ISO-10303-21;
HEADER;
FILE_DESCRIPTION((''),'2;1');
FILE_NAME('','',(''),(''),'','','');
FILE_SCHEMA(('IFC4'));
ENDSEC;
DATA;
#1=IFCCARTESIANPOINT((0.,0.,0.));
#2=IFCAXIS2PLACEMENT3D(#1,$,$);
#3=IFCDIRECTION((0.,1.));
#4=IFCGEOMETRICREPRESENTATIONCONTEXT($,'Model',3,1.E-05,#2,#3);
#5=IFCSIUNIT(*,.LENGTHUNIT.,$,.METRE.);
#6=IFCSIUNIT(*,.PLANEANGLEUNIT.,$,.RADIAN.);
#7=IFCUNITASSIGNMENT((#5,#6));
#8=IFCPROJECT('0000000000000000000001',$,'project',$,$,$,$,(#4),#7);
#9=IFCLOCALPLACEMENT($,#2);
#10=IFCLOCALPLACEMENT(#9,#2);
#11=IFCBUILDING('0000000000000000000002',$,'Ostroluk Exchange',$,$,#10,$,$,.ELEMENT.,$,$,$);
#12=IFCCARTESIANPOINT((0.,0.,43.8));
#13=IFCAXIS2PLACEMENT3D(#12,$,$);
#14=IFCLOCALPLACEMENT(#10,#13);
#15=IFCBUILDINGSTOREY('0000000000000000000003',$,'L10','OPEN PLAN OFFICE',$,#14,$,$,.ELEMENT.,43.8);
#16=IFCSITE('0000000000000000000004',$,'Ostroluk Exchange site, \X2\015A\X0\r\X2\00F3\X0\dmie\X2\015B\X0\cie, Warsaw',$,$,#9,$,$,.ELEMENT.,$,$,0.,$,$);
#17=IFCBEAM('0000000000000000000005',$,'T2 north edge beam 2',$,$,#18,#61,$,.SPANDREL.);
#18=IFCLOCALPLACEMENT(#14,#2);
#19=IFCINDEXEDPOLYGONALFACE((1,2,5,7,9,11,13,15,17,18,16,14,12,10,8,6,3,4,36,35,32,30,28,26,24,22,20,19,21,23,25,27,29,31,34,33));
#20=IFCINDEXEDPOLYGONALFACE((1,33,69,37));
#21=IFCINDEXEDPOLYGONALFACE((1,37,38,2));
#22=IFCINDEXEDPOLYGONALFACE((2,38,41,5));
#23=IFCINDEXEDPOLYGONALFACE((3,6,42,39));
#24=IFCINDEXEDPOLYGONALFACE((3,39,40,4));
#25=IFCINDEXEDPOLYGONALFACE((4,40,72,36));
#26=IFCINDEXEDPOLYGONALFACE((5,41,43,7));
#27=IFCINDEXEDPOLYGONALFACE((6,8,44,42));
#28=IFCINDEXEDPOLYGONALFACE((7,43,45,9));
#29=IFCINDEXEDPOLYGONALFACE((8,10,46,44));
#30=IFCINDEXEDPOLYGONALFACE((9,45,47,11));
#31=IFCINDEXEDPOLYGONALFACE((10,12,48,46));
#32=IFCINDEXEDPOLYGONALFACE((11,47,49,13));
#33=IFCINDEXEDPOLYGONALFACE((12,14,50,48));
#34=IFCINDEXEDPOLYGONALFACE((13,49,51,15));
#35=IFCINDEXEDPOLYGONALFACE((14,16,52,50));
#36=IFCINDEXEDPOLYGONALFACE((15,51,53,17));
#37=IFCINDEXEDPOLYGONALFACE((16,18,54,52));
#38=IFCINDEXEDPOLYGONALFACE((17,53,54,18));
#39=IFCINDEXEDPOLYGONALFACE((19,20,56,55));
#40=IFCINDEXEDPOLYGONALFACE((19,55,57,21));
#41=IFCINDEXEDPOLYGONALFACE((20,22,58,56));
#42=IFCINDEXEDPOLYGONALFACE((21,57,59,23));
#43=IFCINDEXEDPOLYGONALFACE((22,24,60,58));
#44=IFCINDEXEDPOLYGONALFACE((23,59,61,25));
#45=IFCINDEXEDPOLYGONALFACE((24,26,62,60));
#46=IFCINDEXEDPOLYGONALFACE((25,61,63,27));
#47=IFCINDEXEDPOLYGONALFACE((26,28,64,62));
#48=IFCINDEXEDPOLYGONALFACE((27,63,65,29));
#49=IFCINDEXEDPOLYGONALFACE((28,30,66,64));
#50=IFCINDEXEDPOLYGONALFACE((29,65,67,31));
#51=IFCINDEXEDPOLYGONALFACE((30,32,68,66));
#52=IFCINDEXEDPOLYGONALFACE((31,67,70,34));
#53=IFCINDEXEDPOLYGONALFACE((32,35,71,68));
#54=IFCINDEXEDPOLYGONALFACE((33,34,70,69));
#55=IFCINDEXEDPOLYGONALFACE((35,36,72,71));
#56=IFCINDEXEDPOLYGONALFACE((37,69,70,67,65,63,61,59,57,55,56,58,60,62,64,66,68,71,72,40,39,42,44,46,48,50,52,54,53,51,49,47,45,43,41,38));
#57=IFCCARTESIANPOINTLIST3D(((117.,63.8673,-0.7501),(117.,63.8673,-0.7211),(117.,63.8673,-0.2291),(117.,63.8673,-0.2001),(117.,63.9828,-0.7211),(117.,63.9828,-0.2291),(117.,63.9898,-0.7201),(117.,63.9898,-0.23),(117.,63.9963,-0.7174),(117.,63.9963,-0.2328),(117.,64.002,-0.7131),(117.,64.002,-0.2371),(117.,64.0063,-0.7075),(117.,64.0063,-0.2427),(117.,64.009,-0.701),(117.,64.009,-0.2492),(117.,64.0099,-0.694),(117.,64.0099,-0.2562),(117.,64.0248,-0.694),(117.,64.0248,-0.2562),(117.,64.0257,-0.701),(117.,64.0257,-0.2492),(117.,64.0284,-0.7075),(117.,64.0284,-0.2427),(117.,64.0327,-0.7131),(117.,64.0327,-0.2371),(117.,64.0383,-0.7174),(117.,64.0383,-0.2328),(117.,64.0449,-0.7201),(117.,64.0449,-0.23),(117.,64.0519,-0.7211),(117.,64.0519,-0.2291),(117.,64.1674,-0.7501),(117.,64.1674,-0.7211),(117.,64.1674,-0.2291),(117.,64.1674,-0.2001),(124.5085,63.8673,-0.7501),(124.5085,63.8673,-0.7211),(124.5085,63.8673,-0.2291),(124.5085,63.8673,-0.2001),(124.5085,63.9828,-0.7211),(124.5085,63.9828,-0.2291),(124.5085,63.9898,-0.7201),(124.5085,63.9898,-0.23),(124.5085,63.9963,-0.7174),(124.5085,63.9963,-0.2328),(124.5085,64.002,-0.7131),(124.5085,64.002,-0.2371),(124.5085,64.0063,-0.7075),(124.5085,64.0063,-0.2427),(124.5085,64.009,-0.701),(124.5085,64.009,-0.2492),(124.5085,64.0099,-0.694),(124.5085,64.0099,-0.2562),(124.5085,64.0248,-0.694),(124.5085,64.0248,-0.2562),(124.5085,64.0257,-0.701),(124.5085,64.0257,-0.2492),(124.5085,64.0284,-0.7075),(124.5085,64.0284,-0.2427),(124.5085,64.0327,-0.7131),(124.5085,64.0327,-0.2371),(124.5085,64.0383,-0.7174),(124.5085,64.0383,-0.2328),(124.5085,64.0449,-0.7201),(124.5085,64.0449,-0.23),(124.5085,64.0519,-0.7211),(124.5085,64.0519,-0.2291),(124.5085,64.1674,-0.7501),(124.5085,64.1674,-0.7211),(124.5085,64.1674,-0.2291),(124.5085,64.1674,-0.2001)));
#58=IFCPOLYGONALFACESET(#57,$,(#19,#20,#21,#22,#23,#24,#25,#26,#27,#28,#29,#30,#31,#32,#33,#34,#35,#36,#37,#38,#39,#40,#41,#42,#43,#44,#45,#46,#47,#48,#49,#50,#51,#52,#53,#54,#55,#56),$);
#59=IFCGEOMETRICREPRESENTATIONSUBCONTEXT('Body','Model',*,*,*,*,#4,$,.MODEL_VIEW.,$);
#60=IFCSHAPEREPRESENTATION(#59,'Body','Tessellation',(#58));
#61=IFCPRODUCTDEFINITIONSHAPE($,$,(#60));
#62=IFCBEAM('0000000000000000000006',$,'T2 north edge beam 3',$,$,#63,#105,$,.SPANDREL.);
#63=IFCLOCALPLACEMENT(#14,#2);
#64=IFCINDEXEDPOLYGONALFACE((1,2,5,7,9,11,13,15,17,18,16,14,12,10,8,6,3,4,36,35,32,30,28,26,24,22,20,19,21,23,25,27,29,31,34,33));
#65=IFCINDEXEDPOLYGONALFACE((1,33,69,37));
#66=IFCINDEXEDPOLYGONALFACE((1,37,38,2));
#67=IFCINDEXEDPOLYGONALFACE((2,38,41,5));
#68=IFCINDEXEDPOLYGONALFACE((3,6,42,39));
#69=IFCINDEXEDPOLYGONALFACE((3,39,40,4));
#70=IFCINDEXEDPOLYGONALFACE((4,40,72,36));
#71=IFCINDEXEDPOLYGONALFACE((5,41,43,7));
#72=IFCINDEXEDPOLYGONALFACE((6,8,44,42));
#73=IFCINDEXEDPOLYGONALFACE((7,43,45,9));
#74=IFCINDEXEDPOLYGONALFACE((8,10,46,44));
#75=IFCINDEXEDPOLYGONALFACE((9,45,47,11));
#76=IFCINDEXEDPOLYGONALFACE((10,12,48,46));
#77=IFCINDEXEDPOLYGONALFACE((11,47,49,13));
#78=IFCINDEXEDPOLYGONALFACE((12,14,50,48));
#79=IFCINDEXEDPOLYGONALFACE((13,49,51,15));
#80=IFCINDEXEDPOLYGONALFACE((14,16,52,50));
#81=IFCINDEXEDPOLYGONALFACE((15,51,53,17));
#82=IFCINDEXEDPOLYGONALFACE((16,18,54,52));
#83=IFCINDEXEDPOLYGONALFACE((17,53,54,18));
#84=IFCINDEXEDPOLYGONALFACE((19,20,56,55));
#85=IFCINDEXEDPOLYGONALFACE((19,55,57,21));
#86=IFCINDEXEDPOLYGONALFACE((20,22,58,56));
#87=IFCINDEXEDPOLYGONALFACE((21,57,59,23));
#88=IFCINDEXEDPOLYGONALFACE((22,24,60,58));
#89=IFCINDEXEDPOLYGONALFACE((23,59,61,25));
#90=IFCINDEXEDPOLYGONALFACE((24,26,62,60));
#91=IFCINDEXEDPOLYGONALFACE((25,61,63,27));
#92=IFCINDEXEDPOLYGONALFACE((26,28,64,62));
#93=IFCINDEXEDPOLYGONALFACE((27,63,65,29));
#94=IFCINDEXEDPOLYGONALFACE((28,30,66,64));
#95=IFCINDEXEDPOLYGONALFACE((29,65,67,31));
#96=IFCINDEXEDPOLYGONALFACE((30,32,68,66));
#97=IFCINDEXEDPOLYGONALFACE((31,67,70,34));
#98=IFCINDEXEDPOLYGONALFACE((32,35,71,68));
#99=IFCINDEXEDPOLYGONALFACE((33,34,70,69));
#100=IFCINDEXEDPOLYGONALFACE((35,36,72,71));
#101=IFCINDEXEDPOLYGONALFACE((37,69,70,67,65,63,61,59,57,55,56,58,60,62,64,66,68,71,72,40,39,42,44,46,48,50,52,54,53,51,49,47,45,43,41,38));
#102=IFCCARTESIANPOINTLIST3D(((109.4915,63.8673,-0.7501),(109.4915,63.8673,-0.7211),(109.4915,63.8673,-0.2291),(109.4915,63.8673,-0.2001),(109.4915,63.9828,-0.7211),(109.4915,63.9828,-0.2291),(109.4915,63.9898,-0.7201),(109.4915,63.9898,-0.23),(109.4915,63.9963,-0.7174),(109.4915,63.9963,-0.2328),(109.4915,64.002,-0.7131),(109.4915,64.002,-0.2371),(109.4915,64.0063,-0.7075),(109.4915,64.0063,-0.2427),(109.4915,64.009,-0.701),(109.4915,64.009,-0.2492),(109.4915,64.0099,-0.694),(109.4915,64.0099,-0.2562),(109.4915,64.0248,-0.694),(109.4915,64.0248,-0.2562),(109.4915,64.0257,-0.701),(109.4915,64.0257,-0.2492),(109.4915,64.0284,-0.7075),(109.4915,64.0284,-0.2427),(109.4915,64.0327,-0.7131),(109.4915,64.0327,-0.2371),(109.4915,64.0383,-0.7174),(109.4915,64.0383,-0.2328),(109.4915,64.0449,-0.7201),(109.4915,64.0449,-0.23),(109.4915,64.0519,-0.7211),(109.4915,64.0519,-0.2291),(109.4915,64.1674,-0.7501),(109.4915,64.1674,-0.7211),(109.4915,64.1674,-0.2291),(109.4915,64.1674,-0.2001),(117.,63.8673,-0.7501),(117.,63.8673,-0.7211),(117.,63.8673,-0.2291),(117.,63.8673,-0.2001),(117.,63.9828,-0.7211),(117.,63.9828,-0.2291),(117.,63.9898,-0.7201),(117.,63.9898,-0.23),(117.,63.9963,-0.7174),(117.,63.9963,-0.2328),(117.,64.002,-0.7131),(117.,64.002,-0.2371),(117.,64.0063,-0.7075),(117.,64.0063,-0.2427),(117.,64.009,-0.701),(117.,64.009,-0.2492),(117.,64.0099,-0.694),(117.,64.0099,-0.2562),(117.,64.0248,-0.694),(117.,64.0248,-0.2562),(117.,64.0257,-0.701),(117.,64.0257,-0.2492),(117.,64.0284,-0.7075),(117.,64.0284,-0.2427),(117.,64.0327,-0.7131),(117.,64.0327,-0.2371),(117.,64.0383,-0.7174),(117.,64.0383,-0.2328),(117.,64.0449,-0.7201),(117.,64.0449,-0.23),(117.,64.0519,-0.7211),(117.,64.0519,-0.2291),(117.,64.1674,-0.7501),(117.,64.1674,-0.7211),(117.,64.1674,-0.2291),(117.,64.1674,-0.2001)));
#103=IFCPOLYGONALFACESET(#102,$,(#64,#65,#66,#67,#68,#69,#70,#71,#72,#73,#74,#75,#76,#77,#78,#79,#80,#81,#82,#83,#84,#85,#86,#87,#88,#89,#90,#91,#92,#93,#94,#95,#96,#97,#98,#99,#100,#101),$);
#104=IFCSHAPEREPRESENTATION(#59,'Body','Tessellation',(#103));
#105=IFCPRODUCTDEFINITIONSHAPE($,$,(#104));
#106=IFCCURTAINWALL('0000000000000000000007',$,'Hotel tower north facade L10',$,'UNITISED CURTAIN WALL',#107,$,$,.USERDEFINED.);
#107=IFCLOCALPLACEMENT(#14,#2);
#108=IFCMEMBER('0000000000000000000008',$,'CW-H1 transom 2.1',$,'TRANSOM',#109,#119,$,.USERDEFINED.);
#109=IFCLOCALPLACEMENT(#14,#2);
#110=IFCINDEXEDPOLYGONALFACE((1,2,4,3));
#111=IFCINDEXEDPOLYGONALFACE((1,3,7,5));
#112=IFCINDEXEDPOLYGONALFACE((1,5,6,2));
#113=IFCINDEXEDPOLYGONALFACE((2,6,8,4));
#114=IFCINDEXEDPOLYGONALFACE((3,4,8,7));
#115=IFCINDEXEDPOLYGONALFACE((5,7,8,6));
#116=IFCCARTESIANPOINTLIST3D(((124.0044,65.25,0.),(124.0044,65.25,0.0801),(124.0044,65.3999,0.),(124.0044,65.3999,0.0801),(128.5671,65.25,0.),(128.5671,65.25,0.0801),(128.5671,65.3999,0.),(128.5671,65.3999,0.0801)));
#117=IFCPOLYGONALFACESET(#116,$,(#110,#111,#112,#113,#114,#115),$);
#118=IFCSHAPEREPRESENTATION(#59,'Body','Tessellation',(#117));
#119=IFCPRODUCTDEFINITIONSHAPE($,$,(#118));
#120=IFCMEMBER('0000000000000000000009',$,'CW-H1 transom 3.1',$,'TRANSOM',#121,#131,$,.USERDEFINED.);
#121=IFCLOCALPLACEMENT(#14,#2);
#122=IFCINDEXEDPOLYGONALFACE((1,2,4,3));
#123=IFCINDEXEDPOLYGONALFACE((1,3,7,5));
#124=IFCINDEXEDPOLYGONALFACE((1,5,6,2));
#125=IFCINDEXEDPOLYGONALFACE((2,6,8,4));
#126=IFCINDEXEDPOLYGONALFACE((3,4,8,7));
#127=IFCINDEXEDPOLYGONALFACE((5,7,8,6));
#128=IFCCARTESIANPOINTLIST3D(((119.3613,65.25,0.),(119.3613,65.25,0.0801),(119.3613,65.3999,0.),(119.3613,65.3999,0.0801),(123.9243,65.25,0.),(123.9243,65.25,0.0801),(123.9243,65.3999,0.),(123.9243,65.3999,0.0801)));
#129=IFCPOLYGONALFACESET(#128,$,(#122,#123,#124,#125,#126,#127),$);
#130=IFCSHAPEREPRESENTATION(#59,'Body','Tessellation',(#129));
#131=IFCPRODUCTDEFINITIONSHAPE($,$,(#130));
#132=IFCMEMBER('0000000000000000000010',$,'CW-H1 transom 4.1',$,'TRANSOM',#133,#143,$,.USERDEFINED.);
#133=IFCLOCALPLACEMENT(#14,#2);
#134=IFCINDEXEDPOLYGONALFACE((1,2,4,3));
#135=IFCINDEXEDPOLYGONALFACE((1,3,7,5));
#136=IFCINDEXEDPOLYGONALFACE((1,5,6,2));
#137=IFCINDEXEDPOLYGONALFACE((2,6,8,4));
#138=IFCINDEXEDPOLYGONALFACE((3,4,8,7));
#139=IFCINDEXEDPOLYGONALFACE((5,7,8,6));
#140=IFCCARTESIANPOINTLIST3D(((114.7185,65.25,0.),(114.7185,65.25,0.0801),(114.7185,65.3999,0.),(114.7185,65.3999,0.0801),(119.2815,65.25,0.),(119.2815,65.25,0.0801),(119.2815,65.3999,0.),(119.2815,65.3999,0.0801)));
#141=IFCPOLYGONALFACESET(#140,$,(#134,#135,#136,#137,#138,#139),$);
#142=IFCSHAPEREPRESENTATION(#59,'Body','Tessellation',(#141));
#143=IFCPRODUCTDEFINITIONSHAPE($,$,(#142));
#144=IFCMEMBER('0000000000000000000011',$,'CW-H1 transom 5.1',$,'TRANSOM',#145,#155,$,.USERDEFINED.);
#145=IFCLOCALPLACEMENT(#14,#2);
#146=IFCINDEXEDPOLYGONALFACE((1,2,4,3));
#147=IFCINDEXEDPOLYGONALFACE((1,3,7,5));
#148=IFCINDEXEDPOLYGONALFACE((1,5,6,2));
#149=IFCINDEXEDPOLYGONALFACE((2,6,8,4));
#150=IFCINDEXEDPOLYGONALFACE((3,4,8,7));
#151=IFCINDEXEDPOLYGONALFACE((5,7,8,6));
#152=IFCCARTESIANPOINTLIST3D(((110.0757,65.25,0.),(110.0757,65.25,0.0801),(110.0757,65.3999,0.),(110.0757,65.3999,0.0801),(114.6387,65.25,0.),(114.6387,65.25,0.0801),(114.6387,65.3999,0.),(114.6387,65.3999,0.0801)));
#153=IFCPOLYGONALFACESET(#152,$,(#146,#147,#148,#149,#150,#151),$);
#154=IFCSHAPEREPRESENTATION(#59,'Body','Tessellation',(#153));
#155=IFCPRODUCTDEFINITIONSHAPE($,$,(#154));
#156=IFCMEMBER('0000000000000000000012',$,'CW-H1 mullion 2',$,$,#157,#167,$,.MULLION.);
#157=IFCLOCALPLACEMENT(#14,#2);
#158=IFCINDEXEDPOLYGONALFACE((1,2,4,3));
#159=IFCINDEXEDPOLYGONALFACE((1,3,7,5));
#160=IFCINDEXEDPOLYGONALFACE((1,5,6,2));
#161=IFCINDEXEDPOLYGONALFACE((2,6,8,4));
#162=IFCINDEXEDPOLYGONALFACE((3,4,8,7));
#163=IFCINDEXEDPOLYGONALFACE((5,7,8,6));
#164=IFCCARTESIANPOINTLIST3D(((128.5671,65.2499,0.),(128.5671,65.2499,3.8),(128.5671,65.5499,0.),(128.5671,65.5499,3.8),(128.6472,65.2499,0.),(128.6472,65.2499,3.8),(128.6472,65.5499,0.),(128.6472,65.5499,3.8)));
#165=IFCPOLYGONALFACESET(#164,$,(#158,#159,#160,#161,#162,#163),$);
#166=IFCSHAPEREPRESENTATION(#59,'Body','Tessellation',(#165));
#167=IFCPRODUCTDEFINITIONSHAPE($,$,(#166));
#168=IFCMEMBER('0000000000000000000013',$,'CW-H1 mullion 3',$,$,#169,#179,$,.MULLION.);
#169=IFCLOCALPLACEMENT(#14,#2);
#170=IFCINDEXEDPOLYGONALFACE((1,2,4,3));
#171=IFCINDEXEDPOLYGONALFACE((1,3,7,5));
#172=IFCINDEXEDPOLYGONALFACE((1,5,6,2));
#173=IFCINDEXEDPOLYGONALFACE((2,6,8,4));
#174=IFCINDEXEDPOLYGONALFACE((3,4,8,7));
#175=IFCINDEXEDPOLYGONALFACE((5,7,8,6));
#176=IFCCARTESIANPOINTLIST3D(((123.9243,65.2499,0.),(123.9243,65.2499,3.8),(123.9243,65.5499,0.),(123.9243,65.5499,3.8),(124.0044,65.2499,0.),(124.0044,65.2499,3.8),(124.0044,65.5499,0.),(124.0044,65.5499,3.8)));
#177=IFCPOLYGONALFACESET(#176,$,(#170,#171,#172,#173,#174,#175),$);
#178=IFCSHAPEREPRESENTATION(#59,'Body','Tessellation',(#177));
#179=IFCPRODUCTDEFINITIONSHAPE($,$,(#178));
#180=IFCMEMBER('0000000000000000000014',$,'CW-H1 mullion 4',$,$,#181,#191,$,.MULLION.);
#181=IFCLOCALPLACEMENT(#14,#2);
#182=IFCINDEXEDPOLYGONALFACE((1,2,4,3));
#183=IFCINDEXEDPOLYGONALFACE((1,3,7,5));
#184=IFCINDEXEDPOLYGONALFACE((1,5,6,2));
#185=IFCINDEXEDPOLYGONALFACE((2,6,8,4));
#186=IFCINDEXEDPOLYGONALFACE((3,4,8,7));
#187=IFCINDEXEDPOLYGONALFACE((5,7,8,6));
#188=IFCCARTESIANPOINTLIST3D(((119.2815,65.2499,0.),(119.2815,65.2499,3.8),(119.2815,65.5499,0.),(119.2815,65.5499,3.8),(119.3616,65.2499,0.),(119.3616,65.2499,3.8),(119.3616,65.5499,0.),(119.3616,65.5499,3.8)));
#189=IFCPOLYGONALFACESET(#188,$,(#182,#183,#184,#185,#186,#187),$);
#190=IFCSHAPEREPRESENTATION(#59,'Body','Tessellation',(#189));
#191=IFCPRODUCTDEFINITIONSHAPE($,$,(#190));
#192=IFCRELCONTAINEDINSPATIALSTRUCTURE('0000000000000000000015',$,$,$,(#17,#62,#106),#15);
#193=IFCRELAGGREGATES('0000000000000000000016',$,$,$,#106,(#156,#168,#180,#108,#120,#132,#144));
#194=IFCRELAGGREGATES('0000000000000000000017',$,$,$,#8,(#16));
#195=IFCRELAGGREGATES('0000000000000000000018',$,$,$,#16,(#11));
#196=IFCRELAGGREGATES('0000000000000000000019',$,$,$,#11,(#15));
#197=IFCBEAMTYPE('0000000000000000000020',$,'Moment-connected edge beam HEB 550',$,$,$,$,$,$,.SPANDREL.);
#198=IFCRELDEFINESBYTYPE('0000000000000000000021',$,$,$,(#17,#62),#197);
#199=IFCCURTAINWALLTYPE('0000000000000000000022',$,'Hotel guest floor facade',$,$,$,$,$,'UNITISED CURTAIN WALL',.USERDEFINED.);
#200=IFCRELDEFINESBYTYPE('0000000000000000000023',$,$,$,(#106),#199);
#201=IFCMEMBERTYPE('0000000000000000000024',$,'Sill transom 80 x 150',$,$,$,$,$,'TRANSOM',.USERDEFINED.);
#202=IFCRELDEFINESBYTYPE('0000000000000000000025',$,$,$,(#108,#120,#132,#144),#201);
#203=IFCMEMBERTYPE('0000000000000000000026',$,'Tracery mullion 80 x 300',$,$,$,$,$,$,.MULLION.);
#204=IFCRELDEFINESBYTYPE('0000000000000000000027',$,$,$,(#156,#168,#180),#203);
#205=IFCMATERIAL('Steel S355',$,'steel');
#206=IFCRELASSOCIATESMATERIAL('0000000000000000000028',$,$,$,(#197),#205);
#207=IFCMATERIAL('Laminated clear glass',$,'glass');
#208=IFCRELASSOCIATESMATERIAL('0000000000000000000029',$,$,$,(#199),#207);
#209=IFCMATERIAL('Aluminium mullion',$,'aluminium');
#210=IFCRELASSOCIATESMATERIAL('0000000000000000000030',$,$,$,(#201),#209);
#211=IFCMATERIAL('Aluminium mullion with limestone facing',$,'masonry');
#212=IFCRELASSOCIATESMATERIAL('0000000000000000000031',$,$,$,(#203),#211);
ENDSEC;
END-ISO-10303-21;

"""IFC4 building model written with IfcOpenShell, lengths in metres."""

from ifc_helpers import new_model, si_unit, direction, frame, origin, origin_2d, place, context, subcontext, project, spatial, rectangle, i_section, extrude, material, material_profile, profile_set, type_object, element, aggregate, save


model = new_model("IFC4")

# Units and contexts
model_context = context("Model", 3, precision=1e-05, world=origin(), true_north=direction((0.0, 1.0)))
body_context = subcontext(model_context, "Body", "Model", "MODEL_VIEW")
ifc_project = project(units=[si_unit("LENGTHUNIT", "METRE"), si_unit("PLANEANGLEUNIT", "RADIAN")], contexts=[model_context])

# Site, building, storey
site_placement = place(None, origin())
site = spatial("IfcSite", under=ifc_project, at=site_placement, Name="Ostroluk Exchange site, Śródmieście, Warsaw", CompositionType="ELEMENT", RefElevation=0.0)
building_placement = place(site_placement, origin())
building = spatial("IfcBuilding", under=site, at=building_placement, Name="Ostroluk Exchange", CompositionType="ELEMENT")
storey_placement = place(building_placement, frame((0.0, 0.0, 43.8)))
storey = spatial("IfcBuildingStorey", under=building, at=storey_placement, Name="L10", Description="OPEN PLAN OFFICE", CompositionType="ELEMENT", Elevation=43.8)

# Beams
ifc_material_1 = material(Name="Steel S355", Category="steel")
ifc_material_profile_1 = material_profile(ifc_material_1, i_section(OverallWidth=0.3, OverallDepth=0.55, WebThickness=0.0149, FlangeThickness=0.0291, FilletRadius=0.0271, at=origin_2d()), Name="HEB 550")
ifc_profile_set_1 = profile_set([ifc_material_profile_1], Name="Steel S355")
beam_type = type_object("IfcBeamType", Name="Moment-connected edge beam HEB 550", PredefinedType="SPANDREL", material=ifc_profile_set_1)
for number, where, z_axis, x_axis, name in (
    (1, (124.5085, 64.0173, -0.4751), (-1.0, 0.0, 0.0), (0.0, -1.0, 0.0), "T2 north edge beam 2"),
    (2, (117.0, 64.0173, -0.4751), (-1.0, 0.0, 0.0), (0.0, -1.0, 0.0), "T2 north edge beam 3"),
):
    element("IfcBeam", number, at=place(storey_placement, frame(where, z_axis=z_axis, x_axis=x_axis)), inside=storey, type_object=beam_type, Name=name, PredefinedType="SPANDREL", context=body_context, shape_type="SweptSolid", body=[
        extrude(i_section(OverallWidth=0.3, OverallDepth=0.55, WebThickness=0.0149, FlangeThickness=0.0291, FilletRadius=0.0271, at=origin_2d()), origin(), (0.0, 0.0, 1.0), 7.5085),
    ])

# Curtain wall, members
ifc_material_2 = material(Name="Laminated clear glass", Category="glass")
curtain_wall_type = type_object("IfcCurtainWallType", Name="Hotel guest floor facade", ElementType="UNITISED CURTAIN WALL", PredefinedType="USERDEFINED", material=ifc_material_2)
curtain_wall_placement = place(storey_placement, origin())
curtain_wall = element("IfcCurtainWall", 3, at=curtain_wall_placement, inside=storey, type_object=curtain_wall_type, Name="Hotel tower north facade L10", ObjectType="UNITISED CURTAIN WALL", PredefinedType="USERDEFINED")
ifc_material_3 = material(Name="Aluminium mullion", Category="aluminium")
ifc_material_profile_2 = material_profile(ifc_material_3, rectangle(XDim=0.1499, YDim=0.0801, at=origin_2d()), Name="Sill transom 80 x 150")
ifc_profile_set_2 = profile_set([ifc_material_profile_2], Name="Aluminium mullion")
member_type_1 = type_object("IfcMemberType", Name="Sill transom 80 x 150", ElementType="TRANSOM", PredefinedType="USERDEFINED", material=ifc_profile_set_2)
member_1_placement = place(storey_placement, frame((128.5671, 65.325, 0.04), z_axis=(-1.0, 0.0, 0.0), x_axis=(0.0, -1.0, 0.0)))
member_1 = element("IfcMember", 4, at=member_1_placement, type_object=member_type_1, Name="CW-H1 transom 2.1", ObjectType="TRANSOM", PredefinedType="USERDEFINED", context=body_context, shape_type="SweptSolid", body=[
    extrude(rectangle(XDim=0.1499, YDim=0.0801, at=origin_2d()), origin(), (0.0, 0.0, 1.0), 4.5627),
])
member_2_placement = place(storey_placement, frame((123.9243, 65.325, 0.04), z_axis=(-1.0, 0.0, 0.0), x_axis=(0.0, -1.0, 0.0)))
member_2 = element("IfcMember", 5, at=member_2_placement, type_object=member_type_1, Name="CW-H1 transom 3.1", ObjectType="TRANSOM", PredefinedType="USERDEFINED", context=body_context, shape_type="SweptSolid", body=[
    extrude(rectangle(XDim=0.1499, YDim=0.0801, at=origin_2d()), origin(), (0.0, 0.0, 1.0), 4.563),
])
member_3_placement = place(storey_placement, frame((119.2815, 65.325, 0.04), z_axis=(-1.0, 0.0, 0.0), x_axis=(0.0, -1.0, 0.0)))
member_3 = element("IfcMember", 6, at=member_3_placement, type_object=member_type_1, Name="CW-H1 transom 4.1", ObjectType="TRANSOM", PredefinedType="USERDEFINED", context=body_context, shape_type="SweptSolid", body=[
    extrude(rectangle(XDim=0.1499, YDim=0.0801, at=origin_2d()), origin(), (0.0, 0.0, 1.0), 4.563),
])
member_4_placement = place(storey_placement, frame((114.6387, 65.325, 0.04), z_axis=(-1.0, 0.0, 0.0), x_axis=(0.0, -1.0, 0.0)))
member_4 = element("IfcMember", 7, at=member_4_placement, type_object=member_type_1, Name="CW-H1 transom 5.1", ObjectType="TRANSOM", PredefinedType="USERDEFINED", context=body_context, shape_type="SweptSolid", body=[
    extrude(rectangle(XDim=0.1499, YDim=0.0801, at=origin_2d()), origin(), (0.0, 0.0, 1.0), 4.563),
])
ifc_material_4 = material(Name="Aluminium mullion with limestone facing", Category="masonry")
ifc_material_profile_3 = material_profile(ifc_material_4, rectangle(XDim=0.3, YDim=0.0801, at=origin_2d()), Name="Tracery mullion 80 x 300")
ifc_profile_set_3 = profile_set([ifc_material_profile_3], Name="Aluminium mullion with limestone facing")
member_type_2 = type_object("IfcMemberType", Name="Tracery mullion 80 x 300", PredefinedType="MULLION", material=ifc_profile_set_3)
member_5_placement = place(storey_placement, frame((128.6072, 65.3999, 0.0), z_axis=(0.0, 0.0, 1.0), x_axis=(0.0, -1.0, 0.0)))
member_5 = element("IfcMember", 8, at=member_5_placement, type_object=member_type_2, Name="CW-H1 mullion 2", PredefinedType="MULLION", context=body_context, shape_type="SweptSolid", body=[
    extrude(rectangle(XDim=0.3, YDim=0.0801, at=origin_2d()), origin(), (0.0, 0.0, 1.0), 3.8),
])
member_6_placement = place(storey_placement, frame((123.9644, 65.3999, 0.0), z_axis=(0.0, 0.0, 1.0), x_axis=(0.0, -1.0, 0.0)))
member_6 = element("IfcMember", 9, at=member_6_placement, type_object=member_type_2, Name="CW-H1 mullion 3", PredefinedType="MULLION", context=body_context, shape_type="SweptSolid", body=[
    extrude(rectangle(XDim=0.3, YDim=0.0801, at=origin_2d()), origin(), (0.0, 0.0, 1.0), 3.8),
])
member_7_placement = place(storey_placement, frame((119.3215, 65.3999, 0.0), z_axis=(0.0, 0.0, 1.0), x_axis=(0.0, -1.0, 0.0)))
member_7 = element("IfcMember", 10, at=member_7_placement, type_object=member_type_2, Name="CW-H1 mullion 4", PredefinedType="MULLION", context=body_context, shape_type="SweptSolid", body=[
    extrude(rectangle(XDim=0.3, YDim=0.0801, at=origin_2d()), origin(), (0.0, 0.0, 1.0), 3.8),
])
aggregate(curtain_wall, [member_5, member_6, member_7, member_1, member_2, member_3, member_4])

save(model, "model.ifc")
